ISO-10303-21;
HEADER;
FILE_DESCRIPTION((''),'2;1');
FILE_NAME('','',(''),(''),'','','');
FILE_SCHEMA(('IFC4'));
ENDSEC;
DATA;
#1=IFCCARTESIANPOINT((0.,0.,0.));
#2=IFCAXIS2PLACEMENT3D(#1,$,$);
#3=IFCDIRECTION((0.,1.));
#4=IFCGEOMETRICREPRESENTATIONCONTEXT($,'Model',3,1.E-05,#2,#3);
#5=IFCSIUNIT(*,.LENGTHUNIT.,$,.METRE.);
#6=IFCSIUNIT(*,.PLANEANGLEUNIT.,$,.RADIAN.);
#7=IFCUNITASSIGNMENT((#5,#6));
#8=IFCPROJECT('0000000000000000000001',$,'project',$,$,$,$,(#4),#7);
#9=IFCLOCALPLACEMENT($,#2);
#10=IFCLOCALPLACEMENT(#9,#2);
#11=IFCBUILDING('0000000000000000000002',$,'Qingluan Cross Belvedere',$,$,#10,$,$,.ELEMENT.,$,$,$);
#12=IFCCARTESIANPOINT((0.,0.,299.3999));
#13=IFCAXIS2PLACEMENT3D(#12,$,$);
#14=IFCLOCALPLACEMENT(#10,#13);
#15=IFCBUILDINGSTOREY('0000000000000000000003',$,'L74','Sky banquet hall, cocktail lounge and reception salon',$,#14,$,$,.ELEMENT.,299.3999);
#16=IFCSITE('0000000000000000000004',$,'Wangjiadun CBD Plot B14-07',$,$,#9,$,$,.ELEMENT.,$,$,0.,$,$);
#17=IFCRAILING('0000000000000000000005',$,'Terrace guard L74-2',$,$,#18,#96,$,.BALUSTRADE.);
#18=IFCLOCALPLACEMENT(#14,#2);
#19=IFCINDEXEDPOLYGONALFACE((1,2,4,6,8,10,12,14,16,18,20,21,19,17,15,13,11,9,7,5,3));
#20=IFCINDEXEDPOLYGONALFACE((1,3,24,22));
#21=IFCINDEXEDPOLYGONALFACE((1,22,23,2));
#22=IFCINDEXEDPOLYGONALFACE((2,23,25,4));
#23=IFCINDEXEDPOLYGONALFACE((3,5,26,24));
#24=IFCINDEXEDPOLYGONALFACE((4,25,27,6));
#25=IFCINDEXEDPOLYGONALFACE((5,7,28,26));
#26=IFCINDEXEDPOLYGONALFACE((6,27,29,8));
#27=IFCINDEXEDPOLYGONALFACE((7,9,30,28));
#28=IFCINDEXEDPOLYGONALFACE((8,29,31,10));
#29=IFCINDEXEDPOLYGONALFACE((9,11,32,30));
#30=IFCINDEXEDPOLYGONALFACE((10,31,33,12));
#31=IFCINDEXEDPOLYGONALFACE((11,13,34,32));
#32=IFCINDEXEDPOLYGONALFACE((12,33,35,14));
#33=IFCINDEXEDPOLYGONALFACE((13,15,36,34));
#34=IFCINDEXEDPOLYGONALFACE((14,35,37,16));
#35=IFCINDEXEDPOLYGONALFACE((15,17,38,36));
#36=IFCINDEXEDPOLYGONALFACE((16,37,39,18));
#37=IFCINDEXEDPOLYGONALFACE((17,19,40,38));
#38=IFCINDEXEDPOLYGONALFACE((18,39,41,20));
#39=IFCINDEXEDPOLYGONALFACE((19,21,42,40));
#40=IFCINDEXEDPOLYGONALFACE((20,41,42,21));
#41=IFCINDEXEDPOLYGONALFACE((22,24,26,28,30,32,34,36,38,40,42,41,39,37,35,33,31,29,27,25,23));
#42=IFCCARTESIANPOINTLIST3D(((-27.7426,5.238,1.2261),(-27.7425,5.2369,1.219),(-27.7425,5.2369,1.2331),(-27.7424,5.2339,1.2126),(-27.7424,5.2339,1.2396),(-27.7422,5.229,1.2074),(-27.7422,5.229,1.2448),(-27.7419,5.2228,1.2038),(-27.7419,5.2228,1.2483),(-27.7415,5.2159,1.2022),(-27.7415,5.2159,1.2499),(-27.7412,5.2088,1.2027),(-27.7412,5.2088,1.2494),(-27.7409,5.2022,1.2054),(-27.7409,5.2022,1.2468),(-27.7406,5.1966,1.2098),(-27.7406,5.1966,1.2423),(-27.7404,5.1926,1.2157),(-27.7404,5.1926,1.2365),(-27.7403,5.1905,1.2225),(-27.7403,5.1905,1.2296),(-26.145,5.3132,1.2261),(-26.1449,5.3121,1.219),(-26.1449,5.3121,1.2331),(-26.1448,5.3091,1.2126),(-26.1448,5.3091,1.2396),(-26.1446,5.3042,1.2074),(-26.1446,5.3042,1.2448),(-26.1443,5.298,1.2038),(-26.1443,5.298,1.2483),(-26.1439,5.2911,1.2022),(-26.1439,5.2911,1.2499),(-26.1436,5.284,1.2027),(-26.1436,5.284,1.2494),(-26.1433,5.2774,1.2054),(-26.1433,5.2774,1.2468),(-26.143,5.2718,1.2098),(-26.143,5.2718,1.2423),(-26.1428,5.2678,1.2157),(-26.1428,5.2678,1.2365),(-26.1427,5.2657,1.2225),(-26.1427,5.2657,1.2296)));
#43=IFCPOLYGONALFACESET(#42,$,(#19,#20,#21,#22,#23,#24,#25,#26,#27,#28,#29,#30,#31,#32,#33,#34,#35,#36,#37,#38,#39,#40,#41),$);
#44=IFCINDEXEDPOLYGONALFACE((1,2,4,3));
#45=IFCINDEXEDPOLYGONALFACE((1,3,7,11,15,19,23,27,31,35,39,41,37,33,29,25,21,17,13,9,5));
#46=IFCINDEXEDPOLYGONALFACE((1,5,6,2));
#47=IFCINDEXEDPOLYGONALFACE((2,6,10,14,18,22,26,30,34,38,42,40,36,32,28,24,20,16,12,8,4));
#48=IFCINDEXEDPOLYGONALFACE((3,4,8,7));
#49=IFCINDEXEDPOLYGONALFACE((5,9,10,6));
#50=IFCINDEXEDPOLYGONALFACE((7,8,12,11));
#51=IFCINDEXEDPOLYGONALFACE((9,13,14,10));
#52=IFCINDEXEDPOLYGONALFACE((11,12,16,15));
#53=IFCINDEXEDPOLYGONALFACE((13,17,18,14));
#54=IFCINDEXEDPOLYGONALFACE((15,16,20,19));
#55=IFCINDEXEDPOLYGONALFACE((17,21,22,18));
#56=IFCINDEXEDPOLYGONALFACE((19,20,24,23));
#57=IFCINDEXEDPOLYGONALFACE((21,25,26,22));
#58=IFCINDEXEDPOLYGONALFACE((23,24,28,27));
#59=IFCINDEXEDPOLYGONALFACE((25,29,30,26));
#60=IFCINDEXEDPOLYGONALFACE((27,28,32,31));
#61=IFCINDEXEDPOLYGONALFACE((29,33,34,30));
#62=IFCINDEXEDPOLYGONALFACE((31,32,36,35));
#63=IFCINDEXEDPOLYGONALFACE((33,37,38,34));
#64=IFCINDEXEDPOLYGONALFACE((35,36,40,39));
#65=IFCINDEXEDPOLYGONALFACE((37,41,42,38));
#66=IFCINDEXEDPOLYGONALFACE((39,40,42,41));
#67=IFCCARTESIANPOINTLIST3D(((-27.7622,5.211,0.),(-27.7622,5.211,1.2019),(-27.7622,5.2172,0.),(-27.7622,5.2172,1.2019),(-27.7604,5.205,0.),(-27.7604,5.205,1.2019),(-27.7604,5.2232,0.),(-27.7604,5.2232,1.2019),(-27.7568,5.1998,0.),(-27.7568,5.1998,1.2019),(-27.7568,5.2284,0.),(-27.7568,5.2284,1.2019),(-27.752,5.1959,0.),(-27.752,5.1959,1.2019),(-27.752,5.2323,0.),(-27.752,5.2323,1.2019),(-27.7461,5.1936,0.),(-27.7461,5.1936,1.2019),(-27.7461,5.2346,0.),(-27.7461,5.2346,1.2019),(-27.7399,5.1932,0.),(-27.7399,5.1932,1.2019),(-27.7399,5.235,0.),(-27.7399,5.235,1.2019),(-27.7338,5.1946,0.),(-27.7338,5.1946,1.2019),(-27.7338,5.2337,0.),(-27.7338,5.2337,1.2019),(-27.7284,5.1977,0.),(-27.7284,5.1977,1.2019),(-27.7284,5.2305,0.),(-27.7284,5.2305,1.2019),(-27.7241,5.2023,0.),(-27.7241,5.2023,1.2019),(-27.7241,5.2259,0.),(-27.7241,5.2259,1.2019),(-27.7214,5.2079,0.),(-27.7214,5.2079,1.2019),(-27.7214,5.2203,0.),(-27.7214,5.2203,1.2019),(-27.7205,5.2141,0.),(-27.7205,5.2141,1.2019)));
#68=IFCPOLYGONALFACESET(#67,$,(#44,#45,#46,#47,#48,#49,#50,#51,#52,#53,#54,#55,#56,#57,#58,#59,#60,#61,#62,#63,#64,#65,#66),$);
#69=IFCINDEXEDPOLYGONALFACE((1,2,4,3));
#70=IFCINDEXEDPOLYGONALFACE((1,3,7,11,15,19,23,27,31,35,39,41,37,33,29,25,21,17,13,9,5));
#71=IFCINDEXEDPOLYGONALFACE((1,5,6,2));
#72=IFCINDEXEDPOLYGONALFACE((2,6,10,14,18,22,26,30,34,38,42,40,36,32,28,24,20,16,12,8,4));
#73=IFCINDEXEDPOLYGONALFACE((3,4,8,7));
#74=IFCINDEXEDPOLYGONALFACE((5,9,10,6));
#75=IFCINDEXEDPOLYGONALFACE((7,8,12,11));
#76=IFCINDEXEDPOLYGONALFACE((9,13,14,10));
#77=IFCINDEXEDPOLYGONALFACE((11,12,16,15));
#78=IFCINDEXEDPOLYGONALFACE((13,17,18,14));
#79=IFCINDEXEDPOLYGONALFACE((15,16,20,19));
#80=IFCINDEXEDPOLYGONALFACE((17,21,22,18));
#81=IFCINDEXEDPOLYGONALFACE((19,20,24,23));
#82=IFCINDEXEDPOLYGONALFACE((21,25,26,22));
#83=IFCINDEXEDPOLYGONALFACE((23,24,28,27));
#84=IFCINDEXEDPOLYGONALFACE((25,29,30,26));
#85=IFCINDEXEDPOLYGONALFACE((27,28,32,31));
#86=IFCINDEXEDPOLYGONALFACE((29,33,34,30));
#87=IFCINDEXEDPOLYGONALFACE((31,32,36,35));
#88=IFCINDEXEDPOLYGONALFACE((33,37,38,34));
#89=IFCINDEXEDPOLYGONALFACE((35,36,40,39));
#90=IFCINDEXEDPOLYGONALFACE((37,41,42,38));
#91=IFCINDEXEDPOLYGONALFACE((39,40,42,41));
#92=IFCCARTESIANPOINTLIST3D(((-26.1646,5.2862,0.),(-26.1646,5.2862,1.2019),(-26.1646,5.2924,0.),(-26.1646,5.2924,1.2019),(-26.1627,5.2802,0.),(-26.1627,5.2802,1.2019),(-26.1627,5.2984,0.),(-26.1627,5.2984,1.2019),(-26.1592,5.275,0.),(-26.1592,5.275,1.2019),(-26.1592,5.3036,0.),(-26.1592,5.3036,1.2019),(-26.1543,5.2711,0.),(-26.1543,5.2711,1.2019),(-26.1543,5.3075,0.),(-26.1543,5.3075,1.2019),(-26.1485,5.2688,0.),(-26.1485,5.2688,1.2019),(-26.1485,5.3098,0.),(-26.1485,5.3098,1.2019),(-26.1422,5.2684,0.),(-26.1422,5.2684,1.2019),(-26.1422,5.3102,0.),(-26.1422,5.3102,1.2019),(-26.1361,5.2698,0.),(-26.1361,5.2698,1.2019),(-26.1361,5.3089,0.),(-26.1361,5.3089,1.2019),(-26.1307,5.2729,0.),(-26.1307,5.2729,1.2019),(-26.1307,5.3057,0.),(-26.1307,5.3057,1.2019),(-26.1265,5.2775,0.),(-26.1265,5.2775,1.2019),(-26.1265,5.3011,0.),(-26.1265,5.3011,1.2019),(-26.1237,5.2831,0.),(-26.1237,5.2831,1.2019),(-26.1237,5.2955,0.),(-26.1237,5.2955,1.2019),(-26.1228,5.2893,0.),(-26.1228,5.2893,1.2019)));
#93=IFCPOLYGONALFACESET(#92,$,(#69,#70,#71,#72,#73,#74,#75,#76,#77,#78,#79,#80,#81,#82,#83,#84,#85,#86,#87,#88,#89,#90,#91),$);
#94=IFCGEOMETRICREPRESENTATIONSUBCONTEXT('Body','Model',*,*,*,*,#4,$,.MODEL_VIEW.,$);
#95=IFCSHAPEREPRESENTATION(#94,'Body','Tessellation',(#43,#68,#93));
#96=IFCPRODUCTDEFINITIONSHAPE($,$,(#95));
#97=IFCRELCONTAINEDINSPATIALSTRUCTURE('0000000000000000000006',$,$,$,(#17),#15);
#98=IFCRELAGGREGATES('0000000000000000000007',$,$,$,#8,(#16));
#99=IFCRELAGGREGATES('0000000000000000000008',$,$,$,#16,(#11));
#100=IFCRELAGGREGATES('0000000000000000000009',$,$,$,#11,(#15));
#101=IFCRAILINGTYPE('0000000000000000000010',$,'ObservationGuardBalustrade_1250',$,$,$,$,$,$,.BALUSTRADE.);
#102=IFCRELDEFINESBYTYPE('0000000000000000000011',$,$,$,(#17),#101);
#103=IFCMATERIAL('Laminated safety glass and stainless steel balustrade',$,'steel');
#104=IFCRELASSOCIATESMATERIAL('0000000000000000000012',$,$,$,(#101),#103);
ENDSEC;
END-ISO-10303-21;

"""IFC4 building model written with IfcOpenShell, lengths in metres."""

from ifc_helpers import new_model, si_unit, direction, frame, origin, origin_2d, place, context, subcontext, project, spatial, circle, extrude, material, type_object, element, save


model = new_model("IFC4")

# Units and contexts
model_context = context("Model", 3, precision=1e-05, world=origin(), true_north=direction((0.0, 1.0)))
body_context = subcontext(model_context, "Body", "Model", "MODEL_VIEW")
ifc_project = project(units=[si_unit("LENGTHUNIT", "METRE"), si_unit("PLANEANGLEUNIT", "RADIAN")], contexts=[model_context])

# Site, building, storey
site_placement = place(None, origin())
site = spatial("IfcSite", under=ifc_project, at=site_placement, Name="Wangjiadun CBD Plot B14-07", CompositionType="ELEMENT", RefElevation=0.0)
building_placement = place(site_placement, origin())
building = spatial("IfcBuilding", under=site, at=building_placement, Name="Qingluan Cross Belvedere", CompositionType="ELEMENT")
storey_placement = place(building_placement, frame((0.0, 0.0, 299.3999)))
storey = spatial("IfcBuildingStorey", under=building, at=storey_placement, Name="L74", Description="Sky banquet hall, cocktail lounge and reception salon", CompositionType="ELEMENT", Elevation=299.3999)

# Railing
ifc_material_1 = material(Name="Laminated safety glass and stainless steel balustrade", Category="steel")
railing_type = type_object("IfcRailingType", Name="ObservationGuardBalustrade_1250", PredefinedType="BALUSTRADE", material=ifc_material_1)
railing_placement = place(storey_placement, frame((-27.7415, 5.2141, 0.0)))
element("IfcRailing", 1, at=railing_placement, inside=storey, type_object=railing_type, Name="Terrace guard L74-2", PredefinedType="BALUSTRADE", context=body_context, shape_type="SweptSolid", body=[
    extrude(circle(Radius=0.0239, at=origin_2d()), frame((0.0, 0.0, 1.2261), z_axis=(0.998894, 0.047014, 0.0), x_axis=(-0.047014, 0.998894, 0.0)), (0.0, 0.0, 1.0), 1.5994),
    extrude(circle(Radius=0.021, at=origin_2d()), origin(), (0.0, 0.0, 1.0), 1.2019),
    extrude(circle(Radius=0.021, at=origin_2d()), frame((1.5977, 0.0752, 0.0)), (0.0, 0.0, 1.0), 1.2019),
])

save(model, "model.ifc")
